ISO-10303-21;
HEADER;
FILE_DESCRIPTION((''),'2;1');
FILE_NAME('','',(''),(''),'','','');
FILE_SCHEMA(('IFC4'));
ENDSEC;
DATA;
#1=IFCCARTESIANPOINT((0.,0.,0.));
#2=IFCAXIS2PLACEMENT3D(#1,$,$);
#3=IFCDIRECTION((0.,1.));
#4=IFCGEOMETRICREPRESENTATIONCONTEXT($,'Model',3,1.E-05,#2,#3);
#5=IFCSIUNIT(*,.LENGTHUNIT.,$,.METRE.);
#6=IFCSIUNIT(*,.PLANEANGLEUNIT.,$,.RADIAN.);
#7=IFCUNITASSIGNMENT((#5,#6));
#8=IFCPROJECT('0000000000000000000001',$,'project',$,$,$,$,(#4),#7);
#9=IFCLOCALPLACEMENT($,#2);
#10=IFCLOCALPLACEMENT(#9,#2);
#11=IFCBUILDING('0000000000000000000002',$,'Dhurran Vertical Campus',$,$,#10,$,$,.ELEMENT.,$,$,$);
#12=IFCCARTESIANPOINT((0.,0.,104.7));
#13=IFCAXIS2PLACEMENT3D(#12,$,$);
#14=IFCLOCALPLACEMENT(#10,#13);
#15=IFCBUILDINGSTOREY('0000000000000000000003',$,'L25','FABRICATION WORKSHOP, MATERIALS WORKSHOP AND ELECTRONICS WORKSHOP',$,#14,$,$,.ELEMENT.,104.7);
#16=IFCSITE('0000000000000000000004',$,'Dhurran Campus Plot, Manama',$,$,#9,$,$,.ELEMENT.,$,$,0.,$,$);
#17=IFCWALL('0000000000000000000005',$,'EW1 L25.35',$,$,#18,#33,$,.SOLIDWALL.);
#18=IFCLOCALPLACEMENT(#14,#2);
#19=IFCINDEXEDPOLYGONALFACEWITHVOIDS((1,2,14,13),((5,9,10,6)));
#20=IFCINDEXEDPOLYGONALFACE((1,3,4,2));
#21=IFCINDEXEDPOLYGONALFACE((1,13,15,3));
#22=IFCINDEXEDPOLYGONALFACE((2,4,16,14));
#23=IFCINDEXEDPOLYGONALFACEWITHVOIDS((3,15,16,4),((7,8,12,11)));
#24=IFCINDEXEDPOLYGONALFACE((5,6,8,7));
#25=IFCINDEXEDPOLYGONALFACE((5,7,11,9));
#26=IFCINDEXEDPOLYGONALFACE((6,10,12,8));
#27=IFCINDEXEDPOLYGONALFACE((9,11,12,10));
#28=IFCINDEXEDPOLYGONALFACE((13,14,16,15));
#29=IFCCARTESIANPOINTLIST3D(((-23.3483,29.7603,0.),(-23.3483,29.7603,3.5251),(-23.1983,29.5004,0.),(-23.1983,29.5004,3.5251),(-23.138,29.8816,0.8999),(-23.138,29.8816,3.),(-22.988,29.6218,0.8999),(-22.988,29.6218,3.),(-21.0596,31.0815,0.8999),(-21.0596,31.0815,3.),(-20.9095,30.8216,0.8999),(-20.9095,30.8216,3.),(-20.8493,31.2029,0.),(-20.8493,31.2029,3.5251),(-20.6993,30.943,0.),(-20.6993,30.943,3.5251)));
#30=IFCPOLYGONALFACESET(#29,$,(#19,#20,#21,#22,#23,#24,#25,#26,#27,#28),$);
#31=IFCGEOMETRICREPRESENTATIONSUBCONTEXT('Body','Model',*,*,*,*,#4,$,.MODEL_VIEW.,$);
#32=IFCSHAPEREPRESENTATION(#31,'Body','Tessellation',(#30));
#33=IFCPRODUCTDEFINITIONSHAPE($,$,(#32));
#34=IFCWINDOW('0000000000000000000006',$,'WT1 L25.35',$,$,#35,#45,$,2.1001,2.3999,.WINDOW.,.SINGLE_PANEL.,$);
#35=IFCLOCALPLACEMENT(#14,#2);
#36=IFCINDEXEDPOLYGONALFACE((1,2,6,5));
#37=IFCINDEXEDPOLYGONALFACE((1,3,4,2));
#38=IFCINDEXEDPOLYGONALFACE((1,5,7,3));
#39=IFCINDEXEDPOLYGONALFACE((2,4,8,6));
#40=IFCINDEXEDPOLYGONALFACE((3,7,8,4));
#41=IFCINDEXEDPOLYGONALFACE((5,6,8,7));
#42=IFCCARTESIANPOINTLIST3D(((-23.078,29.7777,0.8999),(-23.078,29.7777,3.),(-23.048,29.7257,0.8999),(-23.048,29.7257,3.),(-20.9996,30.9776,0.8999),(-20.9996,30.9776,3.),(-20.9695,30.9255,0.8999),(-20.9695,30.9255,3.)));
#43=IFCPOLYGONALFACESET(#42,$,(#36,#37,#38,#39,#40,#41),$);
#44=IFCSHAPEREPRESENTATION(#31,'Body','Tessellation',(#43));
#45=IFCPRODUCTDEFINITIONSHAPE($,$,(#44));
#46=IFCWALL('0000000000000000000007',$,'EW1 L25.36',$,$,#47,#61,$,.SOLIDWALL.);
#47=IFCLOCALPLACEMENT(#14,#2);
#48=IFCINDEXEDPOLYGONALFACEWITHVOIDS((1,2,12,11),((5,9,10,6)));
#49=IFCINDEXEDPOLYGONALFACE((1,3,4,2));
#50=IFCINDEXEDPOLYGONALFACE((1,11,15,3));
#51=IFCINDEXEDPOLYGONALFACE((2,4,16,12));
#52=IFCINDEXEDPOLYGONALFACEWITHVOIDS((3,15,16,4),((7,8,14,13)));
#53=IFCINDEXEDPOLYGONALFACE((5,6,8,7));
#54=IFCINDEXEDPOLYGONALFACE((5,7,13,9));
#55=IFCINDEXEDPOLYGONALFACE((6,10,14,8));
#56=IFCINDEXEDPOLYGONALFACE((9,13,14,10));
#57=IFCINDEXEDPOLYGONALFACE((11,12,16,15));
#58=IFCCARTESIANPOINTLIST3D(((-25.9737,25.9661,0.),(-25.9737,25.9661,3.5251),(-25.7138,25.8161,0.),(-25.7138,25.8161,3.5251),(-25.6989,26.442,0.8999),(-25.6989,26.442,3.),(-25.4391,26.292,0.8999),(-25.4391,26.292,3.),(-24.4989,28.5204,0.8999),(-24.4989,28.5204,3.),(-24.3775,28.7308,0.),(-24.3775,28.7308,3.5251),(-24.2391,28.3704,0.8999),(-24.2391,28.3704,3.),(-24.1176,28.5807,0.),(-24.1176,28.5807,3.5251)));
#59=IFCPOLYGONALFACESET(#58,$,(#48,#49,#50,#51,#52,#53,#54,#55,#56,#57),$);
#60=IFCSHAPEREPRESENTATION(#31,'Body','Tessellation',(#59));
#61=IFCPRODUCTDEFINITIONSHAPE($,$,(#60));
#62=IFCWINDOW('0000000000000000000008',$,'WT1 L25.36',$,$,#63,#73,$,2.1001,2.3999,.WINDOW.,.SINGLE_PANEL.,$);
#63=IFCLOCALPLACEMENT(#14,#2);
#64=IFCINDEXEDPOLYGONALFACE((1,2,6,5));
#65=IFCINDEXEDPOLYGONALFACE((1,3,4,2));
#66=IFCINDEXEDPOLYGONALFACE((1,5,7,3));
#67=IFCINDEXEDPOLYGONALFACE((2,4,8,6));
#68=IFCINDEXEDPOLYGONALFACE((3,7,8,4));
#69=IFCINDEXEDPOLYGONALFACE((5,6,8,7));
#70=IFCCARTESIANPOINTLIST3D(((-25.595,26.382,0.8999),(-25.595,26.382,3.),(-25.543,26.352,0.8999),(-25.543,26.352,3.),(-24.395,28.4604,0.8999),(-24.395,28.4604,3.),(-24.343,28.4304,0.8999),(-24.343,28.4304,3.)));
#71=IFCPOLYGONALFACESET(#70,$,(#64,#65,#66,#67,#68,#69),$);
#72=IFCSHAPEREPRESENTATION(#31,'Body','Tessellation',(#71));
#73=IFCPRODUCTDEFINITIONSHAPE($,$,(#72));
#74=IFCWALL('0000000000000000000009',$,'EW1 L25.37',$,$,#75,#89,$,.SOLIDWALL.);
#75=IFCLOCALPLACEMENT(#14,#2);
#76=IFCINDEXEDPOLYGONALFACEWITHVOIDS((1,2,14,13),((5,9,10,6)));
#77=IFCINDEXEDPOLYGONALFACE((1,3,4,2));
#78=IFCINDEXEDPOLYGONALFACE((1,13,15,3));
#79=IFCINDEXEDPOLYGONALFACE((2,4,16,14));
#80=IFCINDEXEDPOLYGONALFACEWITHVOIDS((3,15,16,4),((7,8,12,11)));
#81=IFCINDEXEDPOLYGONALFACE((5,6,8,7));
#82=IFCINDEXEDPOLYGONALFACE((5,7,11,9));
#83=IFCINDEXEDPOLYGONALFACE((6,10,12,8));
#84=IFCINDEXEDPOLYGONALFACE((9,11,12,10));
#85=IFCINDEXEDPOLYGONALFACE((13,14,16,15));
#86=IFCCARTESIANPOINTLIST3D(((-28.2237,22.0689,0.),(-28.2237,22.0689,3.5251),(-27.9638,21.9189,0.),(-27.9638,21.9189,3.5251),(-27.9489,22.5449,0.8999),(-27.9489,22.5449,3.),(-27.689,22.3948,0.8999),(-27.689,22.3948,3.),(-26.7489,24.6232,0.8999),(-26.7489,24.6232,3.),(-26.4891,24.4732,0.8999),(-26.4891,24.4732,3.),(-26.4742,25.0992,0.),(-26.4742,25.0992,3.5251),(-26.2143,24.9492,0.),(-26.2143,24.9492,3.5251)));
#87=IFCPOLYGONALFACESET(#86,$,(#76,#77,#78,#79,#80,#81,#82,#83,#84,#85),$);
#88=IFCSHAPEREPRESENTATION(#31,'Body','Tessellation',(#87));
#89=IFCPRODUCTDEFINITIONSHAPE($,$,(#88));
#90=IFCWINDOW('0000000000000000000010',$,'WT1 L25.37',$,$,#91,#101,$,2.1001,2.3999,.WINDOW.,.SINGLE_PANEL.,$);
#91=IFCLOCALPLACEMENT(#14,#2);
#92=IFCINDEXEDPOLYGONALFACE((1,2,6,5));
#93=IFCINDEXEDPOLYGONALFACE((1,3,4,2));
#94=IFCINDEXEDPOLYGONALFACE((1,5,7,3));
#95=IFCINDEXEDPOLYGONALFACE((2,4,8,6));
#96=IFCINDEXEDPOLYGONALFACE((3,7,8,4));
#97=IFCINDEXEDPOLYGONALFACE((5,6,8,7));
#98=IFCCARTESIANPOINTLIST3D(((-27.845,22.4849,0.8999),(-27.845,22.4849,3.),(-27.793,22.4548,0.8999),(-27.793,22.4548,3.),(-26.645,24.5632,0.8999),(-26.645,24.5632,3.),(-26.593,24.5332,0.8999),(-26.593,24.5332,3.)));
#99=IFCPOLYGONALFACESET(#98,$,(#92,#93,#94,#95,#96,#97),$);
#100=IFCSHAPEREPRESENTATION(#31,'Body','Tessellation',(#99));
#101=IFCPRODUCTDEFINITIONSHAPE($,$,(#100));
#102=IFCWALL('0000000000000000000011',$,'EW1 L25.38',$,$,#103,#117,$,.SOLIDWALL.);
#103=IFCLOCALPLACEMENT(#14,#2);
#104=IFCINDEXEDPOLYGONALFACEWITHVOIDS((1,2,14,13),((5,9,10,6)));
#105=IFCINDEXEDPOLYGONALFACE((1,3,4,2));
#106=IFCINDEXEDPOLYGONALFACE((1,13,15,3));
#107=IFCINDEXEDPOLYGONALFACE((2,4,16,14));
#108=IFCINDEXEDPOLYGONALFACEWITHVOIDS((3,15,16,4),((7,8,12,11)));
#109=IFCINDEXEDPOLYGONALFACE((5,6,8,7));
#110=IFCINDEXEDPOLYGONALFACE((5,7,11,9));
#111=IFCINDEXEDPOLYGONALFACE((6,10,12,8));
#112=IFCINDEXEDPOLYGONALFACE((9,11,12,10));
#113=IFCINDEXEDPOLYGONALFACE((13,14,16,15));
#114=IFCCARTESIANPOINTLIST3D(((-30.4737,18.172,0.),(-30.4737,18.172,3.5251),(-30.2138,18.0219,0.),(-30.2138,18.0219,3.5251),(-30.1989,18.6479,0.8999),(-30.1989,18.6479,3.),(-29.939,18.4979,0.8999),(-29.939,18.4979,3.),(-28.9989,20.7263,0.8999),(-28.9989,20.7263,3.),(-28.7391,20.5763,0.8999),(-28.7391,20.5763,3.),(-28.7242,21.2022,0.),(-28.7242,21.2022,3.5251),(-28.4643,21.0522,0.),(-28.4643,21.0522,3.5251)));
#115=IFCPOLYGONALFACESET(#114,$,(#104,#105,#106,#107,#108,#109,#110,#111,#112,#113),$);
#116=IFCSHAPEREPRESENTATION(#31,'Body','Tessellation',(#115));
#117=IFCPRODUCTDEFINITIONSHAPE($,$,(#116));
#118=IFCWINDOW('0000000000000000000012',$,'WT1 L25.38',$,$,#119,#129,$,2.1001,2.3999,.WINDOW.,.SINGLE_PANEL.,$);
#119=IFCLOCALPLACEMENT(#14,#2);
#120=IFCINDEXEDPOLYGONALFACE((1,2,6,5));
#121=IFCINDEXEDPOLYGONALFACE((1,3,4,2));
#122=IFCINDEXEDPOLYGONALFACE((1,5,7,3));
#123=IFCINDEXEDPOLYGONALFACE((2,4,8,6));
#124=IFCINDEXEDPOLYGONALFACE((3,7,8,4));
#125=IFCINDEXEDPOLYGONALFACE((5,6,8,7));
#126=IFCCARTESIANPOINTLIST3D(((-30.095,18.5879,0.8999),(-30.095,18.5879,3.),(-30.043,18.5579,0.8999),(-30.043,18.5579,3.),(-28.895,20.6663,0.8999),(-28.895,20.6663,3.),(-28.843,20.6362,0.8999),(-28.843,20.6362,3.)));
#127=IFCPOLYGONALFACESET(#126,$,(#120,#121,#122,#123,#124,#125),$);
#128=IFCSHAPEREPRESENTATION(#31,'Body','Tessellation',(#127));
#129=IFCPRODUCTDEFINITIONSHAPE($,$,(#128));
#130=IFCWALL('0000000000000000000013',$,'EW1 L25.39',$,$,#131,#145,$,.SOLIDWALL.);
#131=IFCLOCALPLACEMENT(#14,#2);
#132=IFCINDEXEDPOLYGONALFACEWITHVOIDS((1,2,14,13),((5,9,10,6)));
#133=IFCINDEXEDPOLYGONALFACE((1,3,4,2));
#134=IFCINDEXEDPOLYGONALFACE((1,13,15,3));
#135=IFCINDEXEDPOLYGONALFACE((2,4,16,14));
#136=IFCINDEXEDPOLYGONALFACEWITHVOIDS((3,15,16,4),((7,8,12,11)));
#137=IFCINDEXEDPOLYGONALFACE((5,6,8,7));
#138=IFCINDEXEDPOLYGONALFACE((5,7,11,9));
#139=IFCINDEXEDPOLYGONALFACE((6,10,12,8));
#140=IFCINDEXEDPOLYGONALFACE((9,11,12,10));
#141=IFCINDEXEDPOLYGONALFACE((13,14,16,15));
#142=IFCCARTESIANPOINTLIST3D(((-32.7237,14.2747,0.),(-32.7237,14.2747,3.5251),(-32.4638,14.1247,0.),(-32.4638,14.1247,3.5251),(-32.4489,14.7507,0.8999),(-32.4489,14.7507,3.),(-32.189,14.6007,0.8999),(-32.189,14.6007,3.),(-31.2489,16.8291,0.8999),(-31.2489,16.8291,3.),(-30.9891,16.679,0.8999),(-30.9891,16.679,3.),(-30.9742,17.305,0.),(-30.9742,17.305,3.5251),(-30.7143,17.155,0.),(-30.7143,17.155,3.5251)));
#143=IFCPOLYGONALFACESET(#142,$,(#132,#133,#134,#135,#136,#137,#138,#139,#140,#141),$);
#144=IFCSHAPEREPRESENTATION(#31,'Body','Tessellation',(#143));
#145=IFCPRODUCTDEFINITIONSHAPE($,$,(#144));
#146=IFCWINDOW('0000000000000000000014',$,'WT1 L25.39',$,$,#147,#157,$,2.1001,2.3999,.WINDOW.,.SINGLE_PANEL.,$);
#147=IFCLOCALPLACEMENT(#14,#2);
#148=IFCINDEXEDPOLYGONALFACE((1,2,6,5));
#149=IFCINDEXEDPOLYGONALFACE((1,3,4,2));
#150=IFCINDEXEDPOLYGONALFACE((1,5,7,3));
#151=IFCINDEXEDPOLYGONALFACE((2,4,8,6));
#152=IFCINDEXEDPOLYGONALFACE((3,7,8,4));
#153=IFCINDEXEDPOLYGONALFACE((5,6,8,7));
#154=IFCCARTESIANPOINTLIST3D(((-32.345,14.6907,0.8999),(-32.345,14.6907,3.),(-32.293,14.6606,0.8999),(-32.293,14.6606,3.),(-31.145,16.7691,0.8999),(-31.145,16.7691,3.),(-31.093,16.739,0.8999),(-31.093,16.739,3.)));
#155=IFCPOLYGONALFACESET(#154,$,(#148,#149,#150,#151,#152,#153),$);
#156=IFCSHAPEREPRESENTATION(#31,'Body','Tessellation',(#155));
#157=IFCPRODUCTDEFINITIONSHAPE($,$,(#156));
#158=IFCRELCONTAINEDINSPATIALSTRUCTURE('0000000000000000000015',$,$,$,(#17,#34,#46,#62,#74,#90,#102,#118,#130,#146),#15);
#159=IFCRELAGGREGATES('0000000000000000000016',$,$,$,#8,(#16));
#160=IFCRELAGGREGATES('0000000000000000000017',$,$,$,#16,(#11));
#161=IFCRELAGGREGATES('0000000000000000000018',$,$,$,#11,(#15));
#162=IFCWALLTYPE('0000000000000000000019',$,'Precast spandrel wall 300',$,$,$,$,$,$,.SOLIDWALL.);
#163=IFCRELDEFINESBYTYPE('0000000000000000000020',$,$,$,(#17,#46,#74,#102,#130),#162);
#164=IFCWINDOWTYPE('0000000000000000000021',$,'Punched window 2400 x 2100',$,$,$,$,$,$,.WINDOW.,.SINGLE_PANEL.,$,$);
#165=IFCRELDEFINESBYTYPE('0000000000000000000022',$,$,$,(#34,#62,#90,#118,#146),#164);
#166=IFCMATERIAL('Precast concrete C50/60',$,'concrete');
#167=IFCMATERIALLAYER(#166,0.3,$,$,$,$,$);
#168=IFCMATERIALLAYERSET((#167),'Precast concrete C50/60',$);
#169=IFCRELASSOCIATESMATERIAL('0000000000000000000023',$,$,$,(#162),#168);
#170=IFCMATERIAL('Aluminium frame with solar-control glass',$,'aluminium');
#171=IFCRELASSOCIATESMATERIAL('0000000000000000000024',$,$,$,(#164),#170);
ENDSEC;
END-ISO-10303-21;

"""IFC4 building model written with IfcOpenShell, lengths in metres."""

from ifc_helpers import new_model, si_unit, direction, frame, frame_2d, origin, place, context, subcontext, project, spatial, rectangle, extrude, material, layer, layer_set, type_object, element, fill, save


model = new_model("IFC4")

# Units and contexts
model_context = context("Model", 3, precision=1e-05, world=origin(), true_north=direction((0.0, 1.0)))
body_context = subcontext(model_context, "Body", "Model", "MODEL_VIEW")
ifc_project = project(units=[si_unit("LENGTHUNIT", "METRE"), si_unit("PLANEANGLEUNIT", "RADIAN")], contexts=[model_context])

# Site, building, storey
site_placement = place(None, origin())
site = spatial("IfcSite", under=ifc_project, at=site_placement, Name="Dhurran Campus Plot, Manama", CompositionType="ELEMENT", RefElevation=0.0)
building_placement = place(site_placement, origin())
building = spatial("IfcBuilding", under=site, at=building_placement, Name="Dhurran Vertical Campus", CompositionType="ELEMENT")
storey_placement = place(building_placement, frame((0.0, 0.0, 104.7)))
storey = spatial("IfcBuildingStorey", under=building, at=storey_placement, Name="L25", Description="FABRICATION WORKSHOP, MATERIALS WORKSHOP AND ELECTRONICS WORKSHOP", CompositionType="ELEMENT", Elevation=104.7)

# Walls, openings, windows
ifc_material_1 = material(Name="Precast concrete C50/60", Category="concrete")
ifc_layer_1 = layer(ifc_material_1, 0.3)
ifc_layer_set_1 = layer_set([ifc_layer_1], Name="Precast concrete C50/60")
wall_type_1 = type_object("IfcWallType", Name="Precast spandrel wall 300", PredefinedType="SOLIDWALL", material=ifc_layer_set_1)
ifc_material_2 = material(Name="Aluminium frame with solar-control glass", Category="aluminium")
window_type = type_object("IfcWindowType", Name="Punched window 2400 x 2100", PartitioningType="SINGLE_PANEL", PredefinedType="WINDOW", material=ifc_material_2)
wall_1_placement = place(storey_placement, frame((-20.7742, 31.073, 0.0), z_axis=(0.0, 0.0, 1.0), x_axis=(-0.866053, -0.499952, 0.0)))
wall_1 = element("IfcWall", 1, at=wall_1_placement, inside=storey, type_object=wall_type_1, Name="EW1 L25.35", PredefinedType="SOLIDWALL", context=body_context, shape_type="SweptSolid", body=[
    extrude(rectangle(XDim=2.8855, YDim=0.3, at=frame_2d((1.4429, 0.0))), origin(), (0.0, 0.0, 1.0), 3.5251),
])
opening_1_placement = place(wall_1_placement, frame((0.2429, 0.0, 0.8999)))
opening_1 = element("IfcOpeningElement", 2, at=opening_1_placement, cuts=wall_1, PredefinedType="OPENING", context=body_context, shape_type="SweptSolid", body=[
    extrude(rectangle(XDim=2.3999, YDim=2.1001, at=frame_2d((1.2, 1.05))), frame((0.0, 0.1599, 0.0), z_axis=(0.0, -1.0, 0.0), x_axis=(1.0, 0.0, 0.0)), (0.0, 0.0, 1.0), 0.3201),
])
window_1_placement = place(opening_1_placement, origin())
window_1 = element("IfcWindow", 3, at=window_1_placement, inside=storey, type_object=window_type, Name="WT1 L25.35", OverallHeight=2.1001, OverallWidth=2.3999, PartitioningType="SINGLE_PANEL", PredefinedType="WINDOW", context=body_context, shape_type="SweptSolid", body=[
    extrude(rectangle(XDim=2.3999, YDim=2.1001, at=frame_2d((1.2, 1.05))), frame((0.0, 0.03, 0.0), z_axis=(0.0, -1.0, 0.0), x_axis=(1.0, 0.0, 0.0)), (0.0, 0.0, 1.0), 0.0601),
])
fill(opening_1, window_1)
wall_2_placement = place(storey_placement, frame((-24.2476, 28.6558, 0.0), z_axis=(0.0, 0.0, 1.0), x_axis=(-0.500005, -0.866023, 0.0)))
wall_2 = element("IfcWall", 4, at=wall_2_placement, inside=storey, type_object=wall_type_1, Name="EW1 L25.36", PredefinedType="SOLIDWALL", context=body_context, shape_type="SweptSolid", body=[
    extrude(rectangle(XDim=3.1924, YDim=0.3, at=frame_2d((1.5962, 0.0))), origin(), (0.0, 0.0, 1.0), 3.5251),
])
opening_2_placement = place(wall_2_placement, frame((0.2429, 0.0, 0.8999)))
opening_2 = element("IfcOpeningElement", 5, at=opening_2_placement, cuts=wall_2, PredefinedType="OPENING", context=body_context, shape_type="SweptSolid", body=[
    extrude(rectangle(XDim=2.3999, YDim=2.1001, at=frame_2d((1.2, 1.05))), frame((0.0, 0.1599, 0.0), z_axis=(0.0, -1.0, 0.0), x_axis=(1.0, 0.0, 0.0)), (0.0, 0.0, 1.0), 0.3201),
])
window_2_placement = place(opening_2_placement, origin())
window_2 = element("IfcWindow", 6, at=window_2_placement, inside=storey, type_object=window_type, Name="WT1 L25.36", OverallHeight=2.1001, OverallWidth=2.3999, PartitioningType="SINGLE_PANEL", PredefinedType="WINDOW", context=body_context, shape_type="SweptSolid", body=[
    extrude(rectangle(XDim=2.3999, YDim=2.1001, at=frame_2d((1.2, 1.05))), frame((0.0, 0.03, 0.0), z_axis=(0.0, -1.0, 0.0), x_axis=(1.0, 0.0, 0.0)), (0.0, 0.0, 1.0), 0.0601),
])
fill(opening_2, window_2)
wall_3_placement = place(storey_placement, frame((-26.3442, 25.0242, 0.0), z_axis=(0.0, 0.0, 1.0), x_axis=(-0.499996, -0.866028, 0.0)))
wall_3 = element("IfcWall", 7, at=wall_3_placement, inside=storey, type_object=wall_type_1, Name="EW1 L25.37", PredefinedType="SOLIDWALL", context=body_context, shape_type="SweptSolid", body=[
    extrude(rectangle(XDim=3.499, YDim=0.3, at=frame_2d((1.7495, 0.0))), origin(), (0.0, 0.0, 1.0), 3.5251),
])
opening_3_placement = place(wall_3_placement, frame((0.5496, 0.0, 0.8999)))
opening_3 = element("IfcOpeningElement", 8, at=opening_3_placement, cuts=wall_3, PredefinedType="OPENING", context=body_context, shape_type="SweptSolid", body=[
    extrude(rectangle(XDim=2.3999, YDim=2.1001, at=frame_2d((1.2, 1.05))), frame((0.0, 0.1599, 0.0), z_axis=(0.0, -1.0, 0.0), x_axis=(1.0, 0.0, 0.0)), (0.0, 0.0, 1.0), 0.3201),
])
window_3_placement = place(opening_3_placement, origin())
window_3 = element("IfcWindow", 9, at=window_3_placement, inside=storey, type_object=window_type, Name="WT1 L25.37", OverallHeight=2.1001, OverallWidth=2.3999, PartitioningType="SINGLE_PANEL", PredefinedType="WINDOW", context=body_context, shape_type="SweptSolid", body=[
    extrude(rectangle(XDim=2.3999, YDim=2.1001, at=frame_2d((1.2, 1.05))), frame((0.0, 0.03, 0.0), z_axis=(0.0, -1.0, 0.0), x_axis=(1.0, 0.0, 0.0)), (0.0, 0.0, 1.0), 0.0601),
])
fill(opening_3, window_3)
wall_4_placement = place(storey_placement, frame((-28.5942, 21.1272, 0.0), z_axis=(0.0, 0.0, 1.0), x_axis=(-0.499996, -0.866028, 0.0)))
wall_4 = element("IfcWall", 10, at=wall_4_placement, inside=storey, type_object=wall_type_1, Name="EW1 L25.38", PredefinedType="SOLIDWALL", context=body_context, shape_type="SweptSolid", body=[
    extrude(rectangle(XDim=3.499, YDim=0.3, at=frame_2d((1.7495, 0.0))), origin(), (0.0, 0.0, 1.0), 3.5251),
])
opening_4_placement = place(wall_4_placement, frame((0.5496, 0.0, 0.8999)))
opening_4 = element("IfcOpeningElement", 11, at=opening_4_placement, cuts=wall_4, PredefinedType="OPENING", context=body_context, shape_type="SweptSolid", body=[
    extrude(rectangle(XDim=2.3999, YDim=2.1001, at=frame_2d((1.2, 1.05))), frame((0.0, 0.1599, 0.0), z_axis=(0.0, -1.0, 0.0), x_axis=(1.0, 0.0, 0.0)), (0.0, 0.0, 1.0), 0.3201),
])
window_4_placement = place(opening_4_placement, origin())
window_4 = element("IfcWindow", 12, at=window_4_placement, inside=storey, type_object=window_type, Name="WT1 L25.38", OverallHeight=2.1001, OverallWidth=2.3999, PartitioningType="SINGLE_PANEL", PredefinedType="WINDOW", context=body_context, shape_type="SweptSolid", body=[
    extrude(rectangle(XDim=2.3999, YDim=2.1001, at=frame_2d((1.2, 1.05))), frame((0.0, 0.03, 0.0), z_axis=(0.0, -1.0, 0.0), x_axis=(1.0, 0.0, 0.0)), (0.0, 0.0, 1.0), 0.0601),
])
fill(opening_4, window_4)
wall_5_placement = place(storey_placement, frame((-30.8442, 17.23, 0.0), z_axis=(0.0, 0.0, 1.0), x_axis=(-0.499996, -0.866028, 0.0)))
wall_5 = element("IfcWall", 13, at=wall_5_placement, inside=storey, type_object=wall_type_1, Name="EW1 L25.39", PredefinedType="SOLIDWALL", context=body_context, shape_type="SweptSolid", body=[
    extrude(rectangle(XDim=3.499, YDim=0.3, at=frame_2d((1.7495, 0.0))), origin(), (0.0, 0.0, 1.0), 3.5251),
])
opening_5_placement = place(wall_5_placement, frame((0.5496, 0.0, 0.8999)))
opening_5 = element("IfcOpeningElement", 14, at=opening_5_placement, cuts=wall_5, PredefinedType="OPENING", context=body_context, shape_type="SweptSolid", body=[
    extrude(rectangle(XDim=2.3999, YDim=2.1001, at=frame_2d((1.2, 1.05))), frame((0.0, 0.1599, 0.0), z_axis=(0.0, -1.0, 0.0), x_axis=(1.0, 0.0, 0.0)), (0.0, 0.0, 1.0), 0.3201),
])
window_5_placement = place(opening_5_placement, origin())
window_5 = element("IfcWindow", 15, at=window_5_placement, inside=storey, type_object=window_type, Name="WT1 L25.39", OverallHeight=2.1001, OverallWidth=2.3999, PartitioningType="SINGLE_PANEL", PredefinedType="WINDOW", context=body_context, shape_type="SweptSolid", body=[
    extrude(rectangle(XDim=2.3999, YDim=2.1001, at=frame_2d((1.2, 1.05))), frame((0.0, 0.03, 0.0), z_axis=(0.0, -1.0, 0.0), x_axis=(1.0, 0.0, 0.0)), (0.0, 0.0, 1.0), 0.0601),
])
fill(opening_5, window_5)

save(model, "model.ifc")
